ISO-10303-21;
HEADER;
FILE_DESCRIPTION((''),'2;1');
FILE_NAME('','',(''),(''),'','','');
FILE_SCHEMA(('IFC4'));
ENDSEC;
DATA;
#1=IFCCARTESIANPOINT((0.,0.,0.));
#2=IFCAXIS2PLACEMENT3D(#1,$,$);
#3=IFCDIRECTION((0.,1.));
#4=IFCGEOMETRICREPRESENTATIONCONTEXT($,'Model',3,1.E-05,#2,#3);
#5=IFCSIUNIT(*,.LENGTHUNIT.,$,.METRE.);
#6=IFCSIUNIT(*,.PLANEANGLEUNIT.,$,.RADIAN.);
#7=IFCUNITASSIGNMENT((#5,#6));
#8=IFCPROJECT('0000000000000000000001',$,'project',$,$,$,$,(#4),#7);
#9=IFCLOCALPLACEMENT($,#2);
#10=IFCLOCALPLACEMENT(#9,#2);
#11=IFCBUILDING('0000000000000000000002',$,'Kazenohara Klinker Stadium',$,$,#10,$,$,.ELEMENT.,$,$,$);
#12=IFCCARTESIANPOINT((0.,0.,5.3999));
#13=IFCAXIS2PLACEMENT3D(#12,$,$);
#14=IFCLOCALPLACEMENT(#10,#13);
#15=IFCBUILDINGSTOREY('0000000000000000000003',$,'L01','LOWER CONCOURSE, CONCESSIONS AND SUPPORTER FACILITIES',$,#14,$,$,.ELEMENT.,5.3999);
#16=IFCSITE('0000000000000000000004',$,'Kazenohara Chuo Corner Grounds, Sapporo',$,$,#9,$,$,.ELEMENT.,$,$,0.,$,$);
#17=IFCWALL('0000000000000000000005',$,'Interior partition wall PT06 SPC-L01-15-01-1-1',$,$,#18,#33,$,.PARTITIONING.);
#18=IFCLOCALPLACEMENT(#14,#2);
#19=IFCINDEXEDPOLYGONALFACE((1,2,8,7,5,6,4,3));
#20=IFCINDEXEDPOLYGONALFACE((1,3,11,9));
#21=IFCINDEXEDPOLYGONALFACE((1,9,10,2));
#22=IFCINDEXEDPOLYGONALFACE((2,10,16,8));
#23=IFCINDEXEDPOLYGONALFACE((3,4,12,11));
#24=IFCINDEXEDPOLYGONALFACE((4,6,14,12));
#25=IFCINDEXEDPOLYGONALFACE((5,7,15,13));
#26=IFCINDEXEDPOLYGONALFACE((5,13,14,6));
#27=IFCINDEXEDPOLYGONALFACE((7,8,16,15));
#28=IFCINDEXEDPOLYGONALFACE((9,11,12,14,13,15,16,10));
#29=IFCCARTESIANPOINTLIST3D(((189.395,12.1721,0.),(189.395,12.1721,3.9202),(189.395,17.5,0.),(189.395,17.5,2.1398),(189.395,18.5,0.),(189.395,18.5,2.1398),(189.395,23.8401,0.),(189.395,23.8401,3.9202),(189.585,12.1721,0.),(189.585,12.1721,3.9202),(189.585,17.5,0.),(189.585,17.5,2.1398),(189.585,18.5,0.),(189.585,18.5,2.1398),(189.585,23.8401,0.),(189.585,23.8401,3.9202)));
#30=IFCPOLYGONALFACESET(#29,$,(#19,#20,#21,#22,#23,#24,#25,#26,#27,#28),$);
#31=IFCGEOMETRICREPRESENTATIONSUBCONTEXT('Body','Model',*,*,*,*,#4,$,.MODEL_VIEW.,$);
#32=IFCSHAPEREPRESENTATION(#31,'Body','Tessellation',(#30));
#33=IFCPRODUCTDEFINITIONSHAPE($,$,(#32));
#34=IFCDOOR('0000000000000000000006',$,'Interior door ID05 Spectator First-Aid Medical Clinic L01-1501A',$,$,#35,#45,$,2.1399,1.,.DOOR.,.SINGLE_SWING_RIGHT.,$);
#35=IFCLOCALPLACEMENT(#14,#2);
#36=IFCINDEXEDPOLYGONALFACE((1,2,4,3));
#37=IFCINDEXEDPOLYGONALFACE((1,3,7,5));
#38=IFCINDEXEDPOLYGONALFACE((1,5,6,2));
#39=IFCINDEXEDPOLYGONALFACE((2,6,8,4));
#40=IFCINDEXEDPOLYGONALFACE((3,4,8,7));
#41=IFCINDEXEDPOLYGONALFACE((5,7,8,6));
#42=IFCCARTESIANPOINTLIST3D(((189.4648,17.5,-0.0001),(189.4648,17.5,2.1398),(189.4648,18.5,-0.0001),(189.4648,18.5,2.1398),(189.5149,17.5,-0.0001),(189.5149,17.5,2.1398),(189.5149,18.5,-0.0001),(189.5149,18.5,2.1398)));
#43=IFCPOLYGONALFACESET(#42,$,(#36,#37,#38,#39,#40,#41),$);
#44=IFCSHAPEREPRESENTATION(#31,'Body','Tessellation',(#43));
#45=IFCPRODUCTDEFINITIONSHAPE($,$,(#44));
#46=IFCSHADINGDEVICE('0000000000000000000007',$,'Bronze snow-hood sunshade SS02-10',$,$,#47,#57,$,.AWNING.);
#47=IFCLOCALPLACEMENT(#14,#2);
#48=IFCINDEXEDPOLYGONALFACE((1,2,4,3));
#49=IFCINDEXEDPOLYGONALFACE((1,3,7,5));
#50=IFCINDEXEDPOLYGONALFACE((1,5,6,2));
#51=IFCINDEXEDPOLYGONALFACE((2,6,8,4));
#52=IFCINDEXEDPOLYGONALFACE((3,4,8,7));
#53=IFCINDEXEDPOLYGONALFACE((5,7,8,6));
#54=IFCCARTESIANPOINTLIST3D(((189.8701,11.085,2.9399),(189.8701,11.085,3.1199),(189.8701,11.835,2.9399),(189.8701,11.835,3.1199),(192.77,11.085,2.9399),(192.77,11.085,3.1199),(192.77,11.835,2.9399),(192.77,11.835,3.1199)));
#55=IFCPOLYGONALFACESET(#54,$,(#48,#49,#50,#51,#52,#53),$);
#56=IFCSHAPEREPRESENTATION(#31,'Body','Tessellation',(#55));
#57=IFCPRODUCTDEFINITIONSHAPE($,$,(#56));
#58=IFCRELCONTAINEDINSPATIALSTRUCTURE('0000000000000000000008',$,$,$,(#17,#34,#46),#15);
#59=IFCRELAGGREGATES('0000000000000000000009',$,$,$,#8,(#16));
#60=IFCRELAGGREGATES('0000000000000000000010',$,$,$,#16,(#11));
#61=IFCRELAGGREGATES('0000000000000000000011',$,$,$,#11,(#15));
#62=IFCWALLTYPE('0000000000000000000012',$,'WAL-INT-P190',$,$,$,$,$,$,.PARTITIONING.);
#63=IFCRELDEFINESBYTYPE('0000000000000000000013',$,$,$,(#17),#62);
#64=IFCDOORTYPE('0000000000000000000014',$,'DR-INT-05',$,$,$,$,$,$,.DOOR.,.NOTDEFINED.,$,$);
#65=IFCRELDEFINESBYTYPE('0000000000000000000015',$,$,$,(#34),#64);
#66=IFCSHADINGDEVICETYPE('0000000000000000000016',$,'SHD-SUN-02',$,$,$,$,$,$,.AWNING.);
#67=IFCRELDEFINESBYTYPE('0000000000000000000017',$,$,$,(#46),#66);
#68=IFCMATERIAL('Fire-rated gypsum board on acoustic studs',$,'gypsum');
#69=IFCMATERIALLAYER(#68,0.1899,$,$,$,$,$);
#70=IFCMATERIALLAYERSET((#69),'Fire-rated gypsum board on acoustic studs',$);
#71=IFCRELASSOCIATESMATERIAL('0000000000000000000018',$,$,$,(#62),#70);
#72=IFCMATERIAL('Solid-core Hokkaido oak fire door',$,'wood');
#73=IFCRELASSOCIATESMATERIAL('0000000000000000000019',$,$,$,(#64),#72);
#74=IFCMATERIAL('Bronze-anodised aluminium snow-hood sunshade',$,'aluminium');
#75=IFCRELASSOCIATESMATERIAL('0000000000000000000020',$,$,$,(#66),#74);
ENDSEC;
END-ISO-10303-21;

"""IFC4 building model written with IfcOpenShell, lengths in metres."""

from ifc_helpers import new_model, si_unit, direction, frame, frame_2d, origin, origin_2d, place, context, subcontext, project, spatial, rectangle, extrude, material, layer, layer_set, type_object, element, fill, save


model = new_model("IFC4")

# Units and contexts
model_context = context("Model", 3, precision=1e-05, world=origin(), true_north=direction((0.0, 1.0)))
body_context = subcontext(model_context, "Body", "Model", "MODEL_VIEW")
ifc_project = project(units=[si_unit("LENGTHUNIT", "METRE"), si_unit("PLANEANGLEUNIT", "RADIAN")], contexts=[model_context])

# Site, building, storey
site_placement = place(None, origin())
site = spatial("IfcSite", under=ifc_project, at=site_placement, Name="Kazenohara Chuo Corner Grounds, Sapporo", CompositionType="ELEMENT", RefElevation=0.0)
building_placement = place(site_placement, origin())
building = spatial("IfcBuilding", under=site, at=building_placement, Name="Kazenohara Klinker Stadium", CompositionType="ELEMENT")
storey_placement = place(building_placement, frame((0.0, 0.0, 5.3999)))
storey = spatial("IfcBuildingStorey", under=building, at=storey_placement, Name="L01", Description="LOWER CONCOURSE, CONCESSIONS AND SUPPORTER FACILITIES", CompositionType="ELEMENT", Elevation=5.3999)

# Wall, opening, door
ifc_material_1 = material(Name="Fire-rated gypsum board on acoustic studs", Category="gypsum")
ifc_layer_1 = layer(ifc_material_1, 0.1899)
ifc_layer_set_1 = layer_set([ifc_layer_1], Name="Fire-rated gypsum board on acoustic studs")
wall_type_1 = type_object("IfcWallType", Name="WAL-INT-P190", PredefinedType="PARTITIONING", material=ifc_layer_set_1)
wall_1_placement = place(storey_placement, frame((189.49, 12.1721, 0.0), z_axis=(0.0, 0.0, 1.0), x_axis=(0.0, 1.0, 0.0)))
wall_1 = element("IfcWall", 1, at=wall_1_placement, inside=storey, type_object=wall_type_1, Name="Interior partition wall PT06 SPC-L01-15-01-1-1", PredefinedType="PARTITIONING", context=body_context, shape_type="SweptSolid", body=[
    extrude(rectangle(XDim=11.668, YDim=0.1899, at=frame_2d((5.834, 0.0))), origin(), (0.0, 0.0, 1.0), 3.9202),
])
opening_1_placement = place(wall_1_placement, frame((6.3279, 0.0, 0.0), z_axis=(0.0, 0.0, 1.0), x_axis=(-1.0, 0.0, 0.0)))
opening_1 = element("IfcOpeningElement", 2, at=opening_1_placement, cuts=wall_1, PredefinedType="OPENING", context=body_context, shape_type="SweptSolid", body=[
    extrude(rectangle(XDim=1.0, YDim=2.1399, at=frame_2d((0.5, 1.0698))), frame((0.0, 0.105, 0.0), z_axis=(0.0, -1.0, 0.0), x_axis=(1.0, 0.0, 0.0)), (0.0, 0.0, 1.0), 0.21),
])
ifc_material_2 = material(Name="Solid-core Hokkaido oak fire door", Category="wood")
door_type = type_object("IfcDoorType", Name="DR-INT-05", OperationType="NOTDEFINED", PredefinedType="DOOR", material=ifc_material_2)
door_placement = place(opening_1_placement, origin())
door = element("IfcDoor", 3, at=door_placement, inside=storey, type_object=door_type, Name="Interior door ID05 Spectator First-Aid Medical Clinic L01-1501A", OperationType="SINGLE_SWING_RIGHT", OverallHeight=2.1399, OverallWidth=1.0, PredefinedType="DOOR", context=body_context, shape_type="SweptSolid", body=[
    extrude(rectangle(XDim=1.0, YDim=2.1399, at=frame_2d((0.5, 1.0698))), frame((0.0, 0.0249, 0.0), z_axis=(0.0, -1.0, 0.0), x_axis=(1.0, 0.0, 0.0)), (0.0, 0.0, 1.0), 0.05),
])
fill(opening_1, door)

# Shading device
ifc_material_3 = material(Name="Bronze-anodised aluminium snow-hood sunshade", Category="aluminium")
shading_device_type = type_object("IfcShadingDeviceType", Name="SHD-SUN-02", PredefinedType="AWNING", material=ifc_material_3)
shading_device_placement = place(storey_placement, frame((191.3201, 11.46, 2.9399), z_axis=(0.0, 0.0, 1.0), x_axis=(1.0, 0.0, 0.0)))
element("IfcShadingDevice", 4, at=shading_device_placement, inside=storey, type_object=shading_device_type, Name="Bronze snow-hood sunshade SS02-10", PredefinedType="AWNING", context=body_context, shape_type="SweptSolid", body=[
    extrude(rectangle(XDim=2.8999, YDim=0.75, at=origin_2d()), origin(), (0.0, 0.0, 1.0), 0.1799),
])

save(model, "model.ifc")
